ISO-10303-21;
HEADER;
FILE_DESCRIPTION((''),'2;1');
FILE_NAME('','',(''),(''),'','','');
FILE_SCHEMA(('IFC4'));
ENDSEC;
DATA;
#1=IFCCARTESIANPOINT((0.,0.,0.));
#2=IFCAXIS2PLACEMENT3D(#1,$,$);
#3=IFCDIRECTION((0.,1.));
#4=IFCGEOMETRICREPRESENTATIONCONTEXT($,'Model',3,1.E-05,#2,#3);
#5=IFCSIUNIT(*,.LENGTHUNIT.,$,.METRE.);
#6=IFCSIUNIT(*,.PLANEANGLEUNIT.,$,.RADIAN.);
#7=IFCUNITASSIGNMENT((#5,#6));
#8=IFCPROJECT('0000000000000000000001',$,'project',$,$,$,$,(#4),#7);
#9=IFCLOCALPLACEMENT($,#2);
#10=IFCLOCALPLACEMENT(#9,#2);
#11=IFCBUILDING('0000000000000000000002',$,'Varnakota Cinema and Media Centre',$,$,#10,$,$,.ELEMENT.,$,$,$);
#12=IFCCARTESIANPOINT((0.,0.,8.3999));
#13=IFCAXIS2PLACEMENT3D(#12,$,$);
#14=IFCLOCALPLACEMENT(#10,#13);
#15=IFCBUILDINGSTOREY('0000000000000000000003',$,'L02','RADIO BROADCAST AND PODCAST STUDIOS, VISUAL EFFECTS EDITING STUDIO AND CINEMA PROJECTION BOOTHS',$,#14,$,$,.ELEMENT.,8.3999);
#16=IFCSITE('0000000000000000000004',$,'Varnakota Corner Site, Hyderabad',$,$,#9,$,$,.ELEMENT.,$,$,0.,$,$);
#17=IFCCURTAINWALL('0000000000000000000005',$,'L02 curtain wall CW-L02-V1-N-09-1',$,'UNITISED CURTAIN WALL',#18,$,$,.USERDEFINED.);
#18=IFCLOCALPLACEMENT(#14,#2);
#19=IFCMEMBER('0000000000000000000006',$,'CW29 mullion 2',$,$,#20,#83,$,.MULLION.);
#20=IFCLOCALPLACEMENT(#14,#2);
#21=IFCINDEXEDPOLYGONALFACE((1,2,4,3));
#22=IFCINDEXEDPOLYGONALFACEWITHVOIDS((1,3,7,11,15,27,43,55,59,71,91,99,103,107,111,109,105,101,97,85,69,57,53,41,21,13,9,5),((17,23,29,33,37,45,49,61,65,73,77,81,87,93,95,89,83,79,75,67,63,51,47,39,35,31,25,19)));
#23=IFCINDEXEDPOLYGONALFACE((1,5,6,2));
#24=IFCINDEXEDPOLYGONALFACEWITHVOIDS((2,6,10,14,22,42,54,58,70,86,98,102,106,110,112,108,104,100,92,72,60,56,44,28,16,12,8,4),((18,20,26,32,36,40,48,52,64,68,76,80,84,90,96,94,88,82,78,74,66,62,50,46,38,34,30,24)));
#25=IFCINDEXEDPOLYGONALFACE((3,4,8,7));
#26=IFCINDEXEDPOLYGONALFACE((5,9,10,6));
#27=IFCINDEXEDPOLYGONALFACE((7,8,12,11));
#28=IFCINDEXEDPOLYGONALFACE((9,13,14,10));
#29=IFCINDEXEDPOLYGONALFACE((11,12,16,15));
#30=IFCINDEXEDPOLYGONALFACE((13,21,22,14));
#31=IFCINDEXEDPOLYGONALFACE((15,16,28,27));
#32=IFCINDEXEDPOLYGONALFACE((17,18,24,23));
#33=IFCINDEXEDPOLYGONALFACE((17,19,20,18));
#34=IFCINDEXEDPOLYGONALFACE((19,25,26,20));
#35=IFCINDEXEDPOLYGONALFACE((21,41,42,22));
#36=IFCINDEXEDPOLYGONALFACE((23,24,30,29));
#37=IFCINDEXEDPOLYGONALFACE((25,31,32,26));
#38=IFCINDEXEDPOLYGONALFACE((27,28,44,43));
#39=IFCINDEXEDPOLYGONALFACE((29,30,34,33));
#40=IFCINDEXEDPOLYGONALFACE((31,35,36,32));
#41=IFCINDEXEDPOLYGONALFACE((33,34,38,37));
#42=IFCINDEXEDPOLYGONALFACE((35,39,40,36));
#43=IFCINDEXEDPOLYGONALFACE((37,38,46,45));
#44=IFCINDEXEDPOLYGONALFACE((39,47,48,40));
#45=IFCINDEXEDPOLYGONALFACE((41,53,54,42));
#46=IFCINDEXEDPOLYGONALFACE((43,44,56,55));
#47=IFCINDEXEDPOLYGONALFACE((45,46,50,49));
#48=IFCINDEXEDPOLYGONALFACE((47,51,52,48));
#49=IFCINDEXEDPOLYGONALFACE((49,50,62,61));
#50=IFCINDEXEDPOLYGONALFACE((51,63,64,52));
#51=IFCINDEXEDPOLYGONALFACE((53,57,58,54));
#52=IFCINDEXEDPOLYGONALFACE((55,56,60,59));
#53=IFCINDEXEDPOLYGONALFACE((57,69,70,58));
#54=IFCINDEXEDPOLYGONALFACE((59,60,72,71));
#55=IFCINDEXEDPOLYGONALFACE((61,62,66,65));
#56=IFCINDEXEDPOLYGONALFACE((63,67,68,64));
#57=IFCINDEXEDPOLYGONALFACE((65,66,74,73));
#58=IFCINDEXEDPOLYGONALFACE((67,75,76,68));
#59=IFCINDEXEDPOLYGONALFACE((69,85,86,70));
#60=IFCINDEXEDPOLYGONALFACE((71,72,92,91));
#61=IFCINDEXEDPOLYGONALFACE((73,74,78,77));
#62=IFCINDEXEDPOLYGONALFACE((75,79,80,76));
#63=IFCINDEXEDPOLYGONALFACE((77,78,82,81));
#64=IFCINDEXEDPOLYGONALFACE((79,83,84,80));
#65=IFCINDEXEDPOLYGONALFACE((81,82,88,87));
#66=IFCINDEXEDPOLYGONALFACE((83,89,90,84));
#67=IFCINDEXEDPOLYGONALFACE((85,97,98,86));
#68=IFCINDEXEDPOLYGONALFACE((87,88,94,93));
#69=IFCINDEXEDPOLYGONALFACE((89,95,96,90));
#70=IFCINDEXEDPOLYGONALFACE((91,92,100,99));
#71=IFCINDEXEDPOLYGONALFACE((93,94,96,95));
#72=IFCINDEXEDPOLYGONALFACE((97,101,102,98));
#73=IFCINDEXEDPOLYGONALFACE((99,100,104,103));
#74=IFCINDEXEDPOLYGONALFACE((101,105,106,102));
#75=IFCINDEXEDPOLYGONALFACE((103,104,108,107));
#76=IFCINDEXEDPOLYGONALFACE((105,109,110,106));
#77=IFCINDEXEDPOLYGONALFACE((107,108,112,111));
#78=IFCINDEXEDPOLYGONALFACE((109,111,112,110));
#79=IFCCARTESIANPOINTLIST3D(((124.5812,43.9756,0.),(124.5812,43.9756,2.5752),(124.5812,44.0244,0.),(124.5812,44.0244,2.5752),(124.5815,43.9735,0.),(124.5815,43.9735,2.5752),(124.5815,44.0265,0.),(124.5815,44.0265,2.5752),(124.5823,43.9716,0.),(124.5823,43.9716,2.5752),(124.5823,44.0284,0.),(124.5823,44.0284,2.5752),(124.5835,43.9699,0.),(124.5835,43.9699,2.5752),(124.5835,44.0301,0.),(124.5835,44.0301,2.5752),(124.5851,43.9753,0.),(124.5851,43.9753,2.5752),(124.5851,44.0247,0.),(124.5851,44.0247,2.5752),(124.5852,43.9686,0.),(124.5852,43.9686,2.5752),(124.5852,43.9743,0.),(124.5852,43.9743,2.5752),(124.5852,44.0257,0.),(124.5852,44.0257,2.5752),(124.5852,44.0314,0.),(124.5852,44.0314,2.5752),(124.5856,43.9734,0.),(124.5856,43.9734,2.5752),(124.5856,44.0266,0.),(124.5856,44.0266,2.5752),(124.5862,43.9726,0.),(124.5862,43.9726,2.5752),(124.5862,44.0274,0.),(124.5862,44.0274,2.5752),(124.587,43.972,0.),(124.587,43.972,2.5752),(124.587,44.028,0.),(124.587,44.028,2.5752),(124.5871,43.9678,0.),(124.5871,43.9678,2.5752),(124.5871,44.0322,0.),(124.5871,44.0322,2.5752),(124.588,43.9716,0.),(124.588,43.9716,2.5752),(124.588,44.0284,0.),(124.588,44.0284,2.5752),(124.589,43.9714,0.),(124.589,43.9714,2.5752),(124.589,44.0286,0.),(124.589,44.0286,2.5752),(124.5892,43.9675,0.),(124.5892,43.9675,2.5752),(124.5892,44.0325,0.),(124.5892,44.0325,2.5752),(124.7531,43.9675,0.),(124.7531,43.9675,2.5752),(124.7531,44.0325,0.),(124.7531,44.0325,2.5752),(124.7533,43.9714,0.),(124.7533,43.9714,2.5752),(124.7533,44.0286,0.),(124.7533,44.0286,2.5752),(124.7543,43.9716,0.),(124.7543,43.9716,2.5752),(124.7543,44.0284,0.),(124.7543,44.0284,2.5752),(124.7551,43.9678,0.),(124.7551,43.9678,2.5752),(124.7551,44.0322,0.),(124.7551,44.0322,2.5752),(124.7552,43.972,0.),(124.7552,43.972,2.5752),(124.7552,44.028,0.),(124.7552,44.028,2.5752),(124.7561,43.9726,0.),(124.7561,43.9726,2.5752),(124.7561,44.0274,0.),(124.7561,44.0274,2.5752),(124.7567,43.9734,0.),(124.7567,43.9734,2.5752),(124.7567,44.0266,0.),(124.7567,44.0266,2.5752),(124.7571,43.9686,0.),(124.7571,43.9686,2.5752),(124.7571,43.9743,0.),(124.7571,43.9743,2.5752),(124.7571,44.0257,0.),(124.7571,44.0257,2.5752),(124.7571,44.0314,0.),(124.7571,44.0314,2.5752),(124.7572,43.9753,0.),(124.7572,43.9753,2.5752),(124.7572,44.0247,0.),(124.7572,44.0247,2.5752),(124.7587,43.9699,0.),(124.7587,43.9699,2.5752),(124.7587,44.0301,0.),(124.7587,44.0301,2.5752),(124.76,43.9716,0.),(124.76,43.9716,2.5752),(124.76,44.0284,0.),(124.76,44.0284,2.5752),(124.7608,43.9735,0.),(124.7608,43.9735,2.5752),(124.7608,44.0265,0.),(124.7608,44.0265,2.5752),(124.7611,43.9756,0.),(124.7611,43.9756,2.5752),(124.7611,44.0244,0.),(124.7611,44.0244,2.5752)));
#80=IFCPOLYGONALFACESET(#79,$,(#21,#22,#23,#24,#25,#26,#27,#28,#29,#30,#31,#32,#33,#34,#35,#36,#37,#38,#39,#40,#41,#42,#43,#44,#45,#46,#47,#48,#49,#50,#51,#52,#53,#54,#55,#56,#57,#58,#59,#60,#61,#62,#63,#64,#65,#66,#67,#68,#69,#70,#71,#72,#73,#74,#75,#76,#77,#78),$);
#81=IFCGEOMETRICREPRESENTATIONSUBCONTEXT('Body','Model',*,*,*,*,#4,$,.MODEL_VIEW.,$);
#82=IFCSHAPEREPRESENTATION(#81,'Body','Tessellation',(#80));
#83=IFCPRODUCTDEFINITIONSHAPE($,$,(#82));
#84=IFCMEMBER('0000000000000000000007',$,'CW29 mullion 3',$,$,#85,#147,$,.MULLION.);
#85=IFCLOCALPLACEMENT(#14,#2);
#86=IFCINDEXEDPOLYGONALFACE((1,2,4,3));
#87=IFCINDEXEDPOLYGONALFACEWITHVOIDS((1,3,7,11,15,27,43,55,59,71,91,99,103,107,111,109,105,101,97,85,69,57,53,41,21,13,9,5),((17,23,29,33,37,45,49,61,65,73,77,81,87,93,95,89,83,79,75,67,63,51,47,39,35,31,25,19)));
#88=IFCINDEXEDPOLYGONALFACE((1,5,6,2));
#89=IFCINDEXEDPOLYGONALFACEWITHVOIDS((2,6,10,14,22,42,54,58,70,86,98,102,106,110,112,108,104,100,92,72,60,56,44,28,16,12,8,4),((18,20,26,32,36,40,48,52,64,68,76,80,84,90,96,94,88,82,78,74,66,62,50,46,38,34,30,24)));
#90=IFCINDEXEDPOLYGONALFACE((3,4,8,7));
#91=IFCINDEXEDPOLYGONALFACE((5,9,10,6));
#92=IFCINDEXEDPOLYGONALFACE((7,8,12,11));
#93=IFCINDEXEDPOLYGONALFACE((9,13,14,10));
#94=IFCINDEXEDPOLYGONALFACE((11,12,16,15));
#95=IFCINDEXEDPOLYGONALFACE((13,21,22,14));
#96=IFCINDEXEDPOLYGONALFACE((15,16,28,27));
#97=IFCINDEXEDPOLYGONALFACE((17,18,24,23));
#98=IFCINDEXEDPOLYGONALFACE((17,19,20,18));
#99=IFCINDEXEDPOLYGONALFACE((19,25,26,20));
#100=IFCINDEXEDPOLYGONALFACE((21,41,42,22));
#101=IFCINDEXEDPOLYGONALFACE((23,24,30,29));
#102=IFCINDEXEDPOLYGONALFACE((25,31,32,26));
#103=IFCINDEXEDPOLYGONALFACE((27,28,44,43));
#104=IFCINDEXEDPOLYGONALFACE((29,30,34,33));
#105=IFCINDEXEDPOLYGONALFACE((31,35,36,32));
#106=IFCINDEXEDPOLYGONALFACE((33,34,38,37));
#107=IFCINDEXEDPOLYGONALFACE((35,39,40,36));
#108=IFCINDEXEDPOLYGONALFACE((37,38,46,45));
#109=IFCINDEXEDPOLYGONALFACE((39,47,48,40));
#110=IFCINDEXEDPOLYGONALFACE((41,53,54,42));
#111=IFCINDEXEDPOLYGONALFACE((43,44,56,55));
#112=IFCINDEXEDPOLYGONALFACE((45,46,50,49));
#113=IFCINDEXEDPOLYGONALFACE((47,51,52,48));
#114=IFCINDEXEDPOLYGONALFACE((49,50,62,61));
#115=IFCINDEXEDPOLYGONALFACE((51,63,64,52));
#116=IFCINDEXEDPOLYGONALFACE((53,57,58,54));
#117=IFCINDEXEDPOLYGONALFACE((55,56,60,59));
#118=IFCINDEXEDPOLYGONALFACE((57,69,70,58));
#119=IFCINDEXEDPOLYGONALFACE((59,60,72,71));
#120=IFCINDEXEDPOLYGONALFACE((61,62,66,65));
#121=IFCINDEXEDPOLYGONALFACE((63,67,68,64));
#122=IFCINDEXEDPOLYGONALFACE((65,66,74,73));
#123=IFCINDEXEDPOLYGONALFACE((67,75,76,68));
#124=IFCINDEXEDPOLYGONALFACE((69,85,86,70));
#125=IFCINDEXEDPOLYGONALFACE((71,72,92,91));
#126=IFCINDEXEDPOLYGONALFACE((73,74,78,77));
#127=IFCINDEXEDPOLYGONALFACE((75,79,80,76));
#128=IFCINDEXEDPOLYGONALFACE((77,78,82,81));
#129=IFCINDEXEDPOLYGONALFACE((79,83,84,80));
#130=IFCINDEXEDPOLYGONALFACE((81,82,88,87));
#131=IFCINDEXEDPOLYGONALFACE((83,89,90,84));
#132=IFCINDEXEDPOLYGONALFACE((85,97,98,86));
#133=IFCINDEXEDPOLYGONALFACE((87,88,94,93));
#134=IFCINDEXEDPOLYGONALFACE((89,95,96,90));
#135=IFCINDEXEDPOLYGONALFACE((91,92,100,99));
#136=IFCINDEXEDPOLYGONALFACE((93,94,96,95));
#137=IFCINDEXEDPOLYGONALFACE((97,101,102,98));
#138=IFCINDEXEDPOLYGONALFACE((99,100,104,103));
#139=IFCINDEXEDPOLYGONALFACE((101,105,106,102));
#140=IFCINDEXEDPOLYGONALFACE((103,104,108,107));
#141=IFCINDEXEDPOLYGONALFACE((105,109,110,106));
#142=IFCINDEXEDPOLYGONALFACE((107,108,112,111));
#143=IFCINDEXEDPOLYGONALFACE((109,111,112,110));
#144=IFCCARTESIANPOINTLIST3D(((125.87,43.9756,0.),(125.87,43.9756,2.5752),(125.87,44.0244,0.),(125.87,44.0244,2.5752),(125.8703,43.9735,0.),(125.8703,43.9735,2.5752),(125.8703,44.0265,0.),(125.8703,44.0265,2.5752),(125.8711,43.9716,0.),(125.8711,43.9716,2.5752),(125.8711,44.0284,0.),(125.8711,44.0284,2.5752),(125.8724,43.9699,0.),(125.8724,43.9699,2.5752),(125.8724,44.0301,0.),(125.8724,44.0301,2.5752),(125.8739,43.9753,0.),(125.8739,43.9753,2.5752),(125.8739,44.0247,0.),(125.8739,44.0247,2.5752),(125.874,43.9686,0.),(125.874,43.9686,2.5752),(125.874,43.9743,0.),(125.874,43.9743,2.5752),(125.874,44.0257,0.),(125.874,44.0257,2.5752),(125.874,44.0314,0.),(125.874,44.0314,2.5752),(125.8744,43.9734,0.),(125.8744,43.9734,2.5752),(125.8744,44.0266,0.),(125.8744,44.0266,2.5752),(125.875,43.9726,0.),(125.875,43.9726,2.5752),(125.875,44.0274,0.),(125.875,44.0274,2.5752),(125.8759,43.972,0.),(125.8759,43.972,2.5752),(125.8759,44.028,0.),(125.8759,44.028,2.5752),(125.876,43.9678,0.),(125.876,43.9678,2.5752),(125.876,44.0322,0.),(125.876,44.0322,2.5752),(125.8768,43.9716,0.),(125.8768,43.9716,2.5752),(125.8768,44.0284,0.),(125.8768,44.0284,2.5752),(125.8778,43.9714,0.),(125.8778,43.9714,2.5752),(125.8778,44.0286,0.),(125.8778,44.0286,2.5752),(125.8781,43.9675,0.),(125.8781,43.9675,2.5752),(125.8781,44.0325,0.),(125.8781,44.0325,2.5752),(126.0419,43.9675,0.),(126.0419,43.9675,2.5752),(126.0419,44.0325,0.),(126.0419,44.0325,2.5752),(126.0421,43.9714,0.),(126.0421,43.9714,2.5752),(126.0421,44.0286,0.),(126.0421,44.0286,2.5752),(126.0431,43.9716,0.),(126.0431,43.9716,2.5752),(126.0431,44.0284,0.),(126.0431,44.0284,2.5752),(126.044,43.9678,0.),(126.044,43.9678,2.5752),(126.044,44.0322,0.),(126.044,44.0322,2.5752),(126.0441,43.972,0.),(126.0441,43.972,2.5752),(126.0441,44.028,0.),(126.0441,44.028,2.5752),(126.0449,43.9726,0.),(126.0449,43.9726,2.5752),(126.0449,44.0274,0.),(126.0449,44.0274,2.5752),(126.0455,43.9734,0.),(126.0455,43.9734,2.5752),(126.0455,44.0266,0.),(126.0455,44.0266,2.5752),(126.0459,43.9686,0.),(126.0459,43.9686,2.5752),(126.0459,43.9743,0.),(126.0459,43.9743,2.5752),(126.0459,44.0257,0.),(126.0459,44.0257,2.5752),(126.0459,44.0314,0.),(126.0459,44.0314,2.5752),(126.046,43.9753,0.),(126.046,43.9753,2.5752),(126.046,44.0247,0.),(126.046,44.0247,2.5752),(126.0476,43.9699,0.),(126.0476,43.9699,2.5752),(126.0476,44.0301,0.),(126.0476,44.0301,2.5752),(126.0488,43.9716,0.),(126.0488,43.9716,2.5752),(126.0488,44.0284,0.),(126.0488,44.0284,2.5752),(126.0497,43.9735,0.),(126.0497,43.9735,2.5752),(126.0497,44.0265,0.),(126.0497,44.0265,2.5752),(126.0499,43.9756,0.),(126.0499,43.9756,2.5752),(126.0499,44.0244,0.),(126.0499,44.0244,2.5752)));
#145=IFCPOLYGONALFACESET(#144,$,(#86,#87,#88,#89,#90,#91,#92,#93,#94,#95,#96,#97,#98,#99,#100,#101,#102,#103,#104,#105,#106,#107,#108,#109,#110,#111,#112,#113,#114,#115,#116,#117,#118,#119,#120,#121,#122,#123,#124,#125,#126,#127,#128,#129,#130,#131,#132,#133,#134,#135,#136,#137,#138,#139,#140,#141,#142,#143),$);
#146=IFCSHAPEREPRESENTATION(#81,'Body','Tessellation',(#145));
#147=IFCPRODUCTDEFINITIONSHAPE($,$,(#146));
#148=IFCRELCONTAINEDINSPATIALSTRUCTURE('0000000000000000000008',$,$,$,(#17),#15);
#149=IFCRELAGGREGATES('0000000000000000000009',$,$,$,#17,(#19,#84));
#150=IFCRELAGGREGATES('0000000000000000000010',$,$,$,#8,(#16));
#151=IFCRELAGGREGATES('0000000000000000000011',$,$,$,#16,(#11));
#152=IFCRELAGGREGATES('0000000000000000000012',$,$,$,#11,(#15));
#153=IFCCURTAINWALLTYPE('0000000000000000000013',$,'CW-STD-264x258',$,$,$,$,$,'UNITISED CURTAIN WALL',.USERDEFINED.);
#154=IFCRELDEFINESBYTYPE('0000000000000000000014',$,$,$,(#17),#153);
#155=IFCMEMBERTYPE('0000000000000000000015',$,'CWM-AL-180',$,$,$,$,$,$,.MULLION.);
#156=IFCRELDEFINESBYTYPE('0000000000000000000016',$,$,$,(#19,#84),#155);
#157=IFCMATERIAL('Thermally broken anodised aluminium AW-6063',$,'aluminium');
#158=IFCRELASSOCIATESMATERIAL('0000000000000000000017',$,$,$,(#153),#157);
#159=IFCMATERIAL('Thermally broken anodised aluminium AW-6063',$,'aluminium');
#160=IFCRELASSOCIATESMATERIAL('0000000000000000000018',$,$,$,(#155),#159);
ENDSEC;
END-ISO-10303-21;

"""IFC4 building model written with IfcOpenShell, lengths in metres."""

from ifc_helpers import new_model, si_unit, direction, frame, origin, origin_2d, place, context, subcontext, project, spatial, hollow_rectangle, extrude, material, material_profile, profile_set, type_object, element, aggregate, save


model = new_model("IFC4")

# Units and contexts
model_context = context("Model", 3, precision=1e-05, world=origin(), true_north=direction((0.0, 1.0)))
body_context = subcontext(model_context, "Body", "Model", "MODEL_VIEW")
ifc_project = project(units=[si_unit("LENGTHUNIT", "METRE"), si_unit("PLANEANGLEUNIT", "RADIAN")], contexts=[model_context])

# Site, building, storey
site_placement = place(None, origin())
site = spatial("IfcSite", under=ifc_project, at=site_placement, Name="Varnakota Corner Site, Hyderabad", CompositionType="ELEMENT", RefElevation=0.0)
building_placement = place(site_placement, origin())
building = spatial("IfcBuilding", under=site, at=building_placement, Name="Varnakota Cinema and Media Centre", CompositionType="ELEMENT")
storey_placement = place(building_placement, frame((0.0, 0.0, 8.3999)))
storey = spatial("IfcBuildingStorey", under=building, at=storey_placement, Name="L02", Description="RADIO BROADCAST AND PODCAST STUDIOS, VISUAL EFFECTS EDITING STUDIO AND CINEMA PROJECTION BOOTHS", CompositionType="ELEMENT", Elevation=8.3999)

# Shared definitions
ifc_material_1 = material(Name="Thermally broken anodised aluminium AW-6063", Category="aluminium")
curtain_wall_type = type_object("IfcCurtainWallType", Name="CW-STD-264x258", ElementType="UNITISED CURTAIN WALL", PredefinedType="USERDEFINED", material=ifc_material_1)
ifc_material_2 = material(Name="Thermally broken anodised aluminium AW-6063", Category="aluminium")
ifc_material_profile_1 = material_profile(ifc_material_2, hollow_rectangle(XDim=0.0649, YDim=0.1799, WallThickness=0.0039, InnerFilletRadius=0.0039, OuterFilletRadius=0.0081, at=origin_2d()), Name="AL-MULLION 180x65x4")
ifc_profile_set_1 = profile_set([ifc_material_profile_1], Name="Thermally broken anodised aluminium AW-6063")
member_type_1 = type_object("IfcMemberType", Name="CWM-AL-180", PredefinedType="MULLION", material=ifc_profile_set_1)

# Curtain wall, members
curtain_wall_1_placement = place(storey_placement, origin())
curtain_wall_1 = element("IfcCurtainWall", 1, at=curtain_wall_1_placement, inside=storey, type_object=curtain_wall_type, Name="L02 curtain wall CW-L02-V1-N-09-1", ObjectType="UNITISED CURTAIN WALL", PredefinedType="USERDEFINED")
member_1_placement = place(storey_placement, frame((124.6711, 44.0, 0.0), z_axis=(0.0, 0.0, 1.0), x_axis=(0.0, 1.0, 0.0)))
member_1 = element("IfcMember", 2, at=member_1_placement, type_object=member_type_1, Name="CW29 mullion 2", PredefinedType="MULLION", context=body_context, shape_type="SweptSolid", body=[
    extrude(hollow_rectangle(XDim=0.0649, YDim=0.1799, WallThickness=0.0039, InnerFilletRadius=0.0039, OuterFilletRadius=0.0081, at=origin_2d()), origin(), (0.0, 0.0, 1.0), 2.5752),
])
member_2_placement = place(storey_placement, frame((125.96, 44.0, 0.0), z_axis=(0.0, 0.0, 1.0), x_axis=(0.0, 1.0, 0.0)))
member_2 = element("IfcMember", 3, at=member_2_placement, type_object=member_type_1, Name="CW29 mullion 3", PredefinedType="MULLION", context=body_context, shape_type="SweptSolid", body=[
    extrude(hollow_rectangle(XDim=0.0649, YDim=0.1799, WallThickness=0.0039, InnerFilletRadius=0.0039, OuterFilletRadius=0.0081, at=origin_2d()), origin(), (0.0, 0.0, 1.0), 2.5752),
])

aggregate(curtain_wall_1, [member_1, member_2])

save(model, "model.ifc")
